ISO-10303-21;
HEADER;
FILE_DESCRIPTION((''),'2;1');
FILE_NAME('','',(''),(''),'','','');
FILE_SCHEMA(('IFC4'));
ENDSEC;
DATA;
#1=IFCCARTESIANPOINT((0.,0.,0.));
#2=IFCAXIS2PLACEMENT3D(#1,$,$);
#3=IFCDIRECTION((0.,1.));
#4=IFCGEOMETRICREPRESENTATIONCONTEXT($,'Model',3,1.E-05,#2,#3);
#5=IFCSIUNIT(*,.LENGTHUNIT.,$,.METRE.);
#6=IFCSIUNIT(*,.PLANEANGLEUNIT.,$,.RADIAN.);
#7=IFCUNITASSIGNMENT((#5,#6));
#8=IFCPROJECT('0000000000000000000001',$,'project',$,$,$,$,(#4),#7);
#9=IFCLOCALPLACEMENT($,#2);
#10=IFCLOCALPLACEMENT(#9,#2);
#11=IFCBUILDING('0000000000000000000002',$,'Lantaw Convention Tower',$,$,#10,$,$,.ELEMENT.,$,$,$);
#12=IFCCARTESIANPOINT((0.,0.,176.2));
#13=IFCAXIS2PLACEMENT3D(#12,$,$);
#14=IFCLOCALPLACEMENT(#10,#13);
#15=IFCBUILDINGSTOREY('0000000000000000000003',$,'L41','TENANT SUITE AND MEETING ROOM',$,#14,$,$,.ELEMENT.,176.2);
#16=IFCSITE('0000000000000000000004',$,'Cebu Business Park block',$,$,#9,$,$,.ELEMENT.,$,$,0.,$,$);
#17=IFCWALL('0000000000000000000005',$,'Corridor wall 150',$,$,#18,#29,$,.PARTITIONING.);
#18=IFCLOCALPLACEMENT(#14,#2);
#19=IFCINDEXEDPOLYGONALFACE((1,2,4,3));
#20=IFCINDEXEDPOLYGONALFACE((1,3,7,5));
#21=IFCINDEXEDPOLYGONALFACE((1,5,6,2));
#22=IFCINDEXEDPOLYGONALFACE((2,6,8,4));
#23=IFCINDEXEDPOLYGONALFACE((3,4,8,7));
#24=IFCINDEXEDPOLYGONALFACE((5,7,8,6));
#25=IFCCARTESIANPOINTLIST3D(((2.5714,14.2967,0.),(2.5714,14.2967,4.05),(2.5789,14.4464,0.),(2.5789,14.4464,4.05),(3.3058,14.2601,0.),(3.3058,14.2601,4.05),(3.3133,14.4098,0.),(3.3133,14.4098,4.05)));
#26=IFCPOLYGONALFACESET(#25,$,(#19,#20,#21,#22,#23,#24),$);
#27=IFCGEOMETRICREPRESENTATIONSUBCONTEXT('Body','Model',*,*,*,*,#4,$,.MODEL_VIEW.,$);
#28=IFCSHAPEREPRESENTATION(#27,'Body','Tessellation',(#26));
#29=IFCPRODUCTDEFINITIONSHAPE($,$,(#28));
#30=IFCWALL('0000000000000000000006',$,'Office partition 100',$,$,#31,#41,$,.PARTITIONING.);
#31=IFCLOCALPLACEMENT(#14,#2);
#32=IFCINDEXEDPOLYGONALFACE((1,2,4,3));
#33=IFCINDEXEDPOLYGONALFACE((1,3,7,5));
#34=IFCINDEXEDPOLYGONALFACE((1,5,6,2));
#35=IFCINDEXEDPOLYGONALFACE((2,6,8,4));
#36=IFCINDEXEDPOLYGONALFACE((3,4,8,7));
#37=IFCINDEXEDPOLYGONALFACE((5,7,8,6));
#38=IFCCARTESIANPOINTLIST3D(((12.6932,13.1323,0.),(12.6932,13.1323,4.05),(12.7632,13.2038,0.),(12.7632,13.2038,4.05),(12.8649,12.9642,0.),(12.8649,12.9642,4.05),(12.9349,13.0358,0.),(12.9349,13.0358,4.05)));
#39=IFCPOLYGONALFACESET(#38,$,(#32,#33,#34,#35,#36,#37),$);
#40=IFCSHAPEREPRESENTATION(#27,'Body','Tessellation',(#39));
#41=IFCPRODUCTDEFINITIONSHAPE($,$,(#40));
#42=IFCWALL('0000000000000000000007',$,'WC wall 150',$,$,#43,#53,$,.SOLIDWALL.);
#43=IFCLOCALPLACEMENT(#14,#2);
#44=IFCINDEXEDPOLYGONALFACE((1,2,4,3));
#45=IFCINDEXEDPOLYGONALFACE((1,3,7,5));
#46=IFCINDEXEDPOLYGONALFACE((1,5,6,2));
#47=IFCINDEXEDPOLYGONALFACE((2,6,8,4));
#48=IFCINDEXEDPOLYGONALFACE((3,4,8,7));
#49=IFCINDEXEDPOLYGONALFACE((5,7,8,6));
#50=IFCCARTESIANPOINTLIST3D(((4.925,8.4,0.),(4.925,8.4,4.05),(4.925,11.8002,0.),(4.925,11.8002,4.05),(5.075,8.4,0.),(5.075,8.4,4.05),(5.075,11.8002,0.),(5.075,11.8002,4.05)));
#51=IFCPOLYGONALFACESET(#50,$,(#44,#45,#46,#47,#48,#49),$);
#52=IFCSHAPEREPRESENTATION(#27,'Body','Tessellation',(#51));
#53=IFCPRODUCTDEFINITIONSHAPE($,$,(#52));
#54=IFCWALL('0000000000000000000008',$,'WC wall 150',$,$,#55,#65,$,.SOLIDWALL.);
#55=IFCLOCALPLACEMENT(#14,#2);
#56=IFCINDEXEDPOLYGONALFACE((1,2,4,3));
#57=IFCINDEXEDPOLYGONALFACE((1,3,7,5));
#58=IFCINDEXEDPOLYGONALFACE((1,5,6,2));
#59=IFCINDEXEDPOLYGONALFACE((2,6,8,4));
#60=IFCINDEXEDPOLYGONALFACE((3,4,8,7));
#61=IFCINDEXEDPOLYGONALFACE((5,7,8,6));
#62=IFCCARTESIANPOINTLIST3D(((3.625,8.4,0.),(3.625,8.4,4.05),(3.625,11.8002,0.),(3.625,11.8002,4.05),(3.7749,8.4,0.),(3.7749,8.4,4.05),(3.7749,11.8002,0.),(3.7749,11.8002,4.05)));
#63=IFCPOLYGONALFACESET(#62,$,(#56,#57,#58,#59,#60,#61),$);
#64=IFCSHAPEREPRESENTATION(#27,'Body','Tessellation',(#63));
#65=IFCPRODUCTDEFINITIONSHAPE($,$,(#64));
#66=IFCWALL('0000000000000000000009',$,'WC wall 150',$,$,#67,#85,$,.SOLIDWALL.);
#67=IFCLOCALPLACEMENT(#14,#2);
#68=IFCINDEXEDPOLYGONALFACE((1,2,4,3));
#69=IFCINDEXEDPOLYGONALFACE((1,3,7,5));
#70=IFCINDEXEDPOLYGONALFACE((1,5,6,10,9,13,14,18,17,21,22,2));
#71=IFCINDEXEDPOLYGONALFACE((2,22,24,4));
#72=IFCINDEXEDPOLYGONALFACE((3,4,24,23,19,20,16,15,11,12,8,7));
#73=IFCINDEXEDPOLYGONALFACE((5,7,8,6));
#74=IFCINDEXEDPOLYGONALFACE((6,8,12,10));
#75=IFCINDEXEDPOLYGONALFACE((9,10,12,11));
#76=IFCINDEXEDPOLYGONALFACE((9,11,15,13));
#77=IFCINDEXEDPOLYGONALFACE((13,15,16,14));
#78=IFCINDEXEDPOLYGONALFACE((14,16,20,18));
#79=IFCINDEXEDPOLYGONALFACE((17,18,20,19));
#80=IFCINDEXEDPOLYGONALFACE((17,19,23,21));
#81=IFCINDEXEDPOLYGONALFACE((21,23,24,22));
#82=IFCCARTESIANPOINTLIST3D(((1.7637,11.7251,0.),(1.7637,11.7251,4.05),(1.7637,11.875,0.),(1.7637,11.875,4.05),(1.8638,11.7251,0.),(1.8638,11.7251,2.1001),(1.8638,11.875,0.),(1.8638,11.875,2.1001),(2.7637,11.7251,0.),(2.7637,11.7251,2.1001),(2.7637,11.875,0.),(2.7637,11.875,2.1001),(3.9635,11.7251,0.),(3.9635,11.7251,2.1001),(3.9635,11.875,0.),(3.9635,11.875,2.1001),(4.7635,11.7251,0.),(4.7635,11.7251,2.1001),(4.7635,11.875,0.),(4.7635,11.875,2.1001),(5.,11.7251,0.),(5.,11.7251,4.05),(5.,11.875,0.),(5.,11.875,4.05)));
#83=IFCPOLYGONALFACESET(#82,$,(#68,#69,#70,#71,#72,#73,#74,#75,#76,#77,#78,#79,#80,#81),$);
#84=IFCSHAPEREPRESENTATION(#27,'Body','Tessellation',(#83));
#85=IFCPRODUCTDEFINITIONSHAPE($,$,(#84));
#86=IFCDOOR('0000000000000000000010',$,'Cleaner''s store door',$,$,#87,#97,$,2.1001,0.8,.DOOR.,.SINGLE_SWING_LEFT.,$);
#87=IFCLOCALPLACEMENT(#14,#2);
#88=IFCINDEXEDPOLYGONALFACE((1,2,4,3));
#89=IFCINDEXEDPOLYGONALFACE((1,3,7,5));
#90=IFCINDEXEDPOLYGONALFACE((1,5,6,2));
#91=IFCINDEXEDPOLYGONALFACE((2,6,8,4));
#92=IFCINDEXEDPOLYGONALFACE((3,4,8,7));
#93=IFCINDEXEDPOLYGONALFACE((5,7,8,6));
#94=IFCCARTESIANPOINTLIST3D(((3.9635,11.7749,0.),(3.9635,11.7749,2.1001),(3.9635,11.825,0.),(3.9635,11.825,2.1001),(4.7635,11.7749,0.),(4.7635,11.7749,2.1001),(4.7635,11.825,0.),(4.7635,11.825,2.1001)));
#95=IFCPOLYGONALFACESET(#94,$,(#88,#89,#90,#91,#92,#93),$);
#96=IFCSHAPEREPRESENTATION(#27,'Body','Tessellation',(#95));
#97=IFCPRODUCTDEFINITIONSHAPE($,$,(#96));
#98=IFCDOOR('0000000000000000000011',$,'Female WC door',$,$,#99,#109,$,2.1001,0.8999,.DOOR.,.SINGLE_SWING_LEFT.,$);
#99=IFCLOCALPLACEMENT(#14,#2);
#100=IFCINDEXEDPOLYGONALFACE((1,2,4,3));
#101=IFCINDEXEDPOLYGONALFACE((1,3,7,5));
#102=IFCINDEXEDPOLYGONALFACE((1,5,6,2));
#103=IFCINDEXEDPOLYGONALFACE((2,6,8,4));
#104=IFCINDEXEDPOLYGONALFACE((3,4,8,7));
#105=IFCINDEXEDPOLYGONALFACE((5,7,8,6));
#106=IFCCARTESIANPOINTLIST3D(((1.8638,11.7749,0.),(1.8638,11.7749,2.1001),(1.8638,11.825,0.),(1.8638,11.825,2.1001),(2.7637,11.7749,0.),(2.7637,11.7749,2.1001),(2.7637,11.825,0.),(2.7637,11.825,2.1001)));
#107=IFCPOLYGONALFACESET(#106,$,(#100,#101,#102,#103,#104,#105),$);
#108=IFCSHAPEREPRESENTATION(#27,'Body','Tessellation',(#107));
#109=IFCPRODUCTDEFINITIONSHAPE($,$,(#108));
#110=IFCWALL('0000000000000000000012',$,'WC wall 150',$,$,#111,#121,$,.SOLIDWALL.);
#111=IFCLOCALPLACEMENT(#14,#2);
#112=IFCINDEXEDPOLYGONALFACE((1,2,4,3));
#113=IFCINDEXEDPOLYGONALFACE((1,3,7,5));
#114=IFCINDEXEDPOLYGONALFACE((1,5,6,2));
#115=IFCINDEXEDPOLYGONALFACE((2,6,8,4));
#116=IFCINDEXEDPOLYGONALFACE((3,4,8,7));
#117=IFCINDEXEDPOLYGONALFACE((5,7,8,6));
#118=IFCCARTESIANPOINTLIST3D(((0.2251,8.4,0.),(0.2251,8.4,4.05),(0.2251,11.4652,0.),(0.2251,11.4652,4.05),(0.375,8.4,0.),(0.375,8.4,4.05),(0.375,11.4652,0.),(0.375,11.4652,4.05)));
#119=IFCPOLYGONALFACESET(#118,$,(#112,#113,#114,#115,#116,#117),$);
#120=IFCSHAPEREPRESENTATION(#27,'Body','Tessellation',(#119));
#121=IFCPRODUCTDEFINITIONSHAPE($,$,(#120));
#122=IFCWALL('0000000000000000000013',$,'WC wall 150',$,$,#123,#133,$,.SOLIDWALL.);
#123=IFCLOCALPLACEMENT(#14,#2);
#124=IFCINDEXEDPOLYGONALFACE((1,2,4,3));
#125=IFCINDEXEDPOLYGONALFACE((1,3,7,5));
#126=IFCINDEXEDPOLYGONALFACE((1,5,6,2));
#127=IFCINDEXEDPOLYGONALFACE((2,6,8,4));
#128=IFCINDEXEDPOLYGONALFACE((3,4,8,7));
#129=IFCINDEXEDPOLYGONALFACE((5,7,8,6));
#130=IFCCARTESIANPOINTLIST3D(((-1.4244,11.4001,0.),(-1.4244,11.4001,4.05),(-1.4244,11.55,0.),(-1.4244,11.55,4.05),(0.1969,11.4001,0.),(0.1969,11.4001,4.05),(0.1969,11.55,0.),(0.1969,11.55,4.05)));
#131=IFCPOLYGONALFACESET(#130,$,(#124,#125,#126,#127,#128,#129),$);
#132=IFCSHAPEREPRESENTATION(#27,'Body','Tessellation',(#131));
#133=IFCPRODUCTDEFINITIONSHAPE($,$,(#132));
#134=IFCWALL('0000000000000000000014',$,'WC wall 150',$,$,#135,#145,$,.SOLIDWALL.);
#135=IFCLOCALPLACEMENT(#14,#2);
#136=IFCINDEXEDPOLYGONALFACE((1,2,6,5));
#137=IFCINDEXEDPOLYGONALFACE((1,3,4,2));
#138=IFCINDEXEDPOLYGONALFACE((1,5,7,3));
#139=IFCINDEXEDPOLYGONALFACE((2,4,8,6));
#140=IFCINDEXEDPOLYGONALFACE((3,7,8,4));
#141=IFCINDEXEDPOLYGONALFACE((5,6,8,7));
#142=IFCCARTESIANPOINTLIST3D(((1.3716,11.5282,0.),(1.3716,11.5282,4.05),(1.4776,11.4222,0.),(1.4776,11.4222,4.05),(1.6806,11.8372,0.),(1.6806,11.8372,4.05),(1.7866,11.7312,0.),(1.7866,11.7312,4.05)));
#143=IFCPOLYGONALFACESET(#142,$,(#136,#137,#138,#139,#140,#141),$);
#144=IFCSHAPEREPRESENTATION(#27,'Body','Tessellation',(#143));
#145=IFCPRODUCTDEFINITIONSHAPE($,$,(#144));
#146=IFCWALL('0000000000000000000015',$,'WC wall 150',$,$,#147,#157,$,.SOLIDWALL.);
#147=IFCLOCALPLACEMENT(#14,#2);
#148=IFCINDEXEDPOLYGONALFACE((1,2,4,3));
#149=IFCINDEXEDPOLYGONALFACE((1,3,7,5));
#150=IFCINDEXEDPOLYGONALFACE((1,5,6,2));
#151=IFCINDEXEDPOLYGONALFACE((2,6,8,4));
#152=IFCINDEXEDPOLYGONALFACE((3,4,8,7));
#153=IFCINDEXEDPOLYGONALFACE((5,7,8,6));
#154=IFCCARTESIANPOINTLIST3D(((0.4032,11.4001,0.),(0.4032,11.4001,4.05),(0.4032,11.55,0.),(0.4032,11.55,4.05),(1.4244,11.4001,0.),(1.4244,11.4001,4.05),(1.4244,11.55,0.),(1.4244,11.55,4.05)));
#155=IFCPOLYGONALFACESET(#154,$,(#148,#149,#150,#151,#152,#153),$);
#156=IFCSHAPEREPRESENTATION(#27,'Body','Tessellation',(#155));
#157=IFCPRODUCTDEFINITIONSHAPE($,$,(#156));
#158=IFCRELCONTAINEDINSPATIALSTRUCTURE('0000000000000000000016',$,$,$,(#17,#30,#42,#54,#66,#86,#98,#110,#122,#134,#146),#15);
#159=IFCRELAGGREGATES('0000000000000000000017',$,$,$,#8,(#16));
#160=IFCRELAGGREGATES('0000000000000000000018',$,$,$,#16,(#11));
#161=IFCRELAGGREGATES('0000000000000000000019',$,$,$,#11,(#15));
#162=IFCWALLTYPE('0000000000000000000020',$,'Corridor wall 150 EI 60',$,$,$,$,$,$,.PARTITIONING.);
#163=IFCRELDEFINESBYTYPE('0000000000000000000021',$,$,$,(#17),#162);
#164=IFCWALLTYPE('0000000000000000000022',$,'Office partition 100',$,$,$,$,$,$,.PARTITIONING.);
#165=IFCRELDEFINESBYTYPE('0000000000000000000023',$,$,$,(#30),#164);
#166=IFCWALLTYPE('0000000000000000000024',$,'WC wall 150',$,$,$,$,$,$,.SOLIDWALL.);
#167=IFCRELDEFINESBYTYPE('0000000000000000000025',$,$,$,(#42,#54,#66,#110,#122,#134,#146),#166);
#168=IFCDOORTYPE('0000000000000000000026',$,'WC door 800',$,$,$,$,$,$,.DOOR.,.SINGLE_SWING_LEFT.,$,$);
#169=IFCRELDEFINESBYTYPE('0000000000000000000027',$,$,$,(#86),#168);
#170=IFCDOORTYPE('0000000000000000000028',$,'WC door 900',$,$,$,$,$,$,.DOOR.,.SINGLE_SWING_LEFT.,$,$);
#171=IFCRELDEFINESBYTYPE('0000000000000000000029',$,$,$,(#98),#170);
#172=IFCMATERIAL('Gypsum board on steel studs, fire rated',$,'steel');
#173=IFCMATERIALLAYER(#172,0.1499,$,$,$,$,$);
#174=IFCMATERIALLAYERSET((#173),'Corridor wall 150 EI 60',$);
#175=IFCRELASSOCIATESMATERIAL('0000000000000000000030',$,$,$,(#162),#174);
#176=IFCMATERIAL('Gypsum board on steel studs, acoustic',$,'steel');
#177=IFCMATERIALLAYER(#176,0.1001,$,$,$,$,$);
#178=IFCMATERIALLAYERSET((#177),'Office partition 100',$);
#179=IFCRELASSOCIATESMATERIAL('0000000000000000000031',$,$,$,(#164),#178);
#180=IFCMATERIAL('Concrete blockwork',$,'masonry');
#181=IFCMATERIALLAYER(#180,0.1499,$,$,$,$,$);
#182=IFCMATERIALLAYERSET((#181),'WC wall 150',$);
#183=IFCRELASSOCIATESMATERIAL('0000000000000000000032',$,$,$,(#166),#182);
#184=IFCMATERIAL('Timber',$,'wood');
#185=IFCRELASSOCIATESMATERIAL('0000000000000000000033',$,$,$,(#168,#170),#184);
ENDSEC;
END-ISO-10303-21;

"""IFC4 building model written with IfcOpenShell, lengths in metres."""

from ifc_helpers import new_model, si_unit, direction, frame, frame_2d, origin, place, context, subcontext, project, spatial, rectangle, extrude, material, layer, layer_set, type_object, element, fill, save


model = new_model("IFC4")

# Units and contexts
model_context = context("Model", 3, precision=1e-05, world=origin(), true_north=direction((0.0, 1.0)))
body_context = subcontext(model_context, "Body", "Model", "MODEL_VIEW")
ifc_project = project(units=[si_unit("LENGTHUNIT", "METRE"), si_unit("PLANEANGLEUNIT", "RADIAN")], contexts=[model_context])

# Site, building, storey
site_placement = place(None, origin())
site = spatial("IfcSite", under=ifc_project, at=site_placement, Name="Cebu Business Park block", CompositionType="ELEMENT", RefElevation=0.0)
building_placement = place(site_placement, origin())
building = spatial("IfcBuilding", under=site, at=building_placement, Name="Lantaw Convention Tower", CompositionType="ELEMENT")
storey_placement = place(building_placement, frame((0.0, 0.0, 176.2)))
storey = spatial("IfcBuildingStorey", under=building, at=storey_placement, Name="L41", Description="TENANT SUITE AND MEETING ROOM", CompositionType="ELEMENT", Elevation=176.2)

# Shared definitions
ifc_material_1 = material(Name="Gypsum board on steel studs, fire rated", Category="steel")
ifc_layer_1 = layer(ifc_material_1, 0.1499)
ifc_layer_set_1 = layer_set([ifc_layer_1], Name="Corridor wall 150 EI 60")
wall_type_1 = type_object("IfcWallType", Name="Corridor wall 150 EI 60", PredefinedType="PARTITIONING", material=ifc_layer_set_1)

# Walls
wall_1_placement = place(storey_placement, frame((3.3096, 14.335, 0.0), z_axis=(0.0, 0.0, 1.0), x_axis=(-0.998759, 0.049805, 0.0)))
element("IfcWall", 1, at=wall_1_placement, inside=storey, type_object=wall_type_1, Name="Corridor wall 150", PredefinedType="PARTITIONING", context=body_context, shape_type="SweptSolid", body=[
    extrude(rectangle(XDim=0.7354, YDim=0.1499, at=frame_2d((0.3677, 0.0))), origin(), (0.0, 0.0, 1.0), 4.05),
])
ifc_material_2 = material(Name="Gypsum board on steel studs, acoustic", Category="steel")
ifc_layer_2 = layer(ifc_material_2, 0.1001)
ifc_layer_set_2 = layer_set([ifc_layer_2], Name="Office partition 100")
wall_type_2 = type_object("IfcWallType", Name="Office partition 100", PredefinedType="PARTITIONING", material=ifc_layer_set_2)
wall_2_placement = place(storey_placement, frame((12.8999, 13.0, 0.0), z_axis=(0.0, 0.0, 1.0), x_axis=(-0.71469, 0.699441, 0.0)))
element("IfcWall", 2, at=wall_2_placement, inside=storey, type_object=wall_type_2, Name="Office partition 100", PredefinedType="PARTITIONING", context=body_context, shape_type="SweptSolid", body=[
    extrude(rectangle(XDim=0.2402, YDim=0.1001, at=frame_2d((0.1201, 0.0))), origin(), (0.0, 0.0, 1.0), 4.05),
])
ifc_material_3 = material(Name="Concrete blockwork", Category="masonry")
ifc_layer_3 = layer(ifc_material_3, 0.1499)
ifc_layer_set_3 = layer_set([ifc_layer_3], Name="WC wall 150")
wall_type_3 = type_object("IfcWallType", Name="WC wall 150", PredefinedType="SOLIDWALL", material=ifc_layer_set_3)
for number, where, z_axis, x_axis, name in (
    (3, (5.0, 8.3999, 0.0), (0.0, 0.0, 1.0), (0.0, 1.0, 0.0), "WC wall 150"),
    (4, (3.7, 8.3999, 0.0), (0.0, 0.0, 1.0), (0.0, 1.0, 0.0), "WC wall 150"),
):
    element("IfcWall", number, at=place(storey_placement, frame(where, z_axis=z_axis, x_axis=x_axis)), inside=storey, type_object=wall_type_3, Name=name, PredefinedType="SOLIDWALL", context=body_context, shape_type="SweptSolid", body=[
        extrude(rectangle(XDim=3.4001, YDim=0.1499, at=frame_2d((1.7002, 0.0))), origin(), (0.0, 0.0, 1.0), 4.05),
    ])

# Wall, openings, doors
wall_3_placement = place(storey_placement, frame((1.7637, 11.8, 0.0), z_axis=(0.0, 0.0, 1.0), x_axis=(1.0, 0.0, 0.0)))
wall_3 = element("IfcWall", 5, at=wall_3_placement, inside=storey, type_object=wall_type_3, Name="WC wall 150", PredefinedType="SOLIDWALL", context=body_context, shape_type="SweptSolid", body=[
    extrude(rectangle(XDim=3.2363, YDim=0.1499, at=frame_2d((1.6182, 0.0))), origin(), (0.0, 0.0, 1.0), 4.05),
])
opening_1_placement = place(wall_3_placement, frame((0.1001, 0.0, 0.0)))
opening_1 = element("IfcOpeningElement", 6, at=opening_1_placement, cuts=wall_3, PredefinedType="OPENING", context=body_context, shape_type="SweptSolid", body=[
    extrude(rectangle(XDim=0.8999, YDim=2.1001, at=frame_2d((0.45, 1.05))), frame((0.0, 0.085, 0.0), z_axis=(0.0, -1.0, 0.0), x_axis=(1.0, 0.0, 0.0)), (0.0, 0.0, 1.0), 0.1699),
])
opening_2_placement = place(wall_3_placement, frame((2.2, 0.0, 0.0)))
opening_2 = element("IfcOpeningElement", 7, at=opening_2_placement, cuts=wall_3, PredefinedType="OPENING", context=body_context, shape_type="SweptSolid", body=[
    extrude(rectangle(XDim=0.8, YDim=2.1001, at=frame_2d((0.3999, 1.05))), frame((0.0, 0.085, 0.0), z_axis=(0.0, -1.0, 0.0), x_axis=(1.0, 0.0, 0.0)), (0.0, 0.0, 1.0), 0.1699),
])
ifc_material_4 = material(Name="Timber", Category="wood")
door_type_1 = type_object("IfcDoorType", Name="WC door 800", OperationType="SINGLE_SWING_LEFT", PredefinedType="DOOR", material=ifc_material_4)
door_1_placement = place(opening_2_placement, origin())
door_1 = element("IfcDoor", 8, at=door_1_placement, inside=storey, type_object=door_type_1, Name="Cleaner's store door", OperationType="SINGLE_SWING_LEFT", OverallHeight=2.1001, OverallWidth=0.8, PredefinedType="DOOR", context=body_context, shape_type="SweptSolid", body=[
    extrude(rectangle(XDim=0.8, YDim=2.1001, at=frame_2d((0.3999, 1.05))), frame((0.0, 0.0249, 0.0), z_axis=(0.0, -1.0, 0.0), x_axis=(1.0, 0.0, 0.0)), (0.0, 0.0, 1.0), 0.05),
])
fill(opening_2, door_1)
door_type_2 = type_object("IfcDoorType", Name="WC door 900", OperationType="SINGLE_SWING_LEFT", PredefinedType="DOOR", material=ifc_material_4)
door_2_placement = place(opening_1_placement, origin())
door_2 = element("IfcDoor", 9, at=door_2_placement, inside=storey, type_object=door_type_2, Name="Female WC door", OperationType="SINGLE_SWING_LEFT", OverallHeight=2.1001, OverallWidth=0.8999, PredefinedType="DOOR", context=body_context, shape_type="SweptSolid", body=[
    extrude(rectangle(XDim=0.8999, YDim=2.1001, at=frame_2d((0.45, 1.05))), frame((0.0, 0.0249, 0.0), z_axis=(0.0, -1.0, 0.0), x_axis=(1.0, 0.0, 0.0)), (0.0, 0.0, 1.0), 0.05),
])
fill(opening_1, door_2)

# Walls
wall_4_placement = place(storey_placement, frame((0.3, 8.3999, 0.0), z_axis=(0.0, 0.0, 1.0), x_axis=(0.0, 1.0, 0.0)))
element("IfcWall", 10, at=wall_4_placement, inside=storey, type_object=wall_type_3, Name="WC wall 150", PredefinedType="SOLIDWALL", context=body_context, shape_type="SweptSolid", body=[
    extrude(rectangle(XDim=3.0652, YDim=0.1499, at=frame_2d((1.5327, 0.0))), origin(), (0.0, 0.0, 1.0), 4.05),
])
wall_5_placement = place(storey_placement, frame((0.1968, 11.4751, 0.0), z_axis=(0.0, 0.0, 1.0), x_axis=(-1.0, 0.0, 0.0)))
element("IfcWall", 11, at=wall_5_placement, inside=storey, type_object=wall_type_3, Name="WC wall 150", PredefinedType="SOLIDWALL", context=body_context, shape_type="SweptSolid", body=[
    extrude(rectangle(XDim=1.6213, YDim=0.1499, at=frame_2d((0.8105, 0.0))), origin(), (0.0, 0.0, 1.0), 4.05),
])
wall_6_placement = place(storey_placement, frame((1.7336, 11.7842, 0.0), z_axis=(0.0, 0.0, 1.0), x_axis=(-0.707107, -0.707107, 0.0)))
element("IfcWall", 12, at=wall_6_placement, inside=storey, type_object=wall_type_3, Name="WC wall 150", PredefinedType="SOLIDWALL", context=body_context, shape_type="SweptSolid", body=[
    extrude(rectangle(XDim=0.437, YDim=0.1499, at=frame_2d((0.2185, 0.0))), origin(), (0.0, 0.0, 1.0), 4.05),
])
wall_7_placement = place(storey_placement, frame((1.4246, 11.4751, 0.0), z_axis=(0.0, 0.0, 1.0), x_axis=(-1.0, 0.0, 0.0)))
element("IfcWall", 13, at=wall_7_placement, inside=storey, type_object=wall_type_3, Name="WC wall 150", PredefinedType="SOLIDWALL", context=body_context, shape_type="SweptSolid", body=[
    extrude(rectangle(XDim=1.0212, YDim=0.1499, at=frame_2d((0.5107, 0.0))), origin(), (0.0, 0.0, 1.0), 4.05),
])

save(model, "model.ifc")
